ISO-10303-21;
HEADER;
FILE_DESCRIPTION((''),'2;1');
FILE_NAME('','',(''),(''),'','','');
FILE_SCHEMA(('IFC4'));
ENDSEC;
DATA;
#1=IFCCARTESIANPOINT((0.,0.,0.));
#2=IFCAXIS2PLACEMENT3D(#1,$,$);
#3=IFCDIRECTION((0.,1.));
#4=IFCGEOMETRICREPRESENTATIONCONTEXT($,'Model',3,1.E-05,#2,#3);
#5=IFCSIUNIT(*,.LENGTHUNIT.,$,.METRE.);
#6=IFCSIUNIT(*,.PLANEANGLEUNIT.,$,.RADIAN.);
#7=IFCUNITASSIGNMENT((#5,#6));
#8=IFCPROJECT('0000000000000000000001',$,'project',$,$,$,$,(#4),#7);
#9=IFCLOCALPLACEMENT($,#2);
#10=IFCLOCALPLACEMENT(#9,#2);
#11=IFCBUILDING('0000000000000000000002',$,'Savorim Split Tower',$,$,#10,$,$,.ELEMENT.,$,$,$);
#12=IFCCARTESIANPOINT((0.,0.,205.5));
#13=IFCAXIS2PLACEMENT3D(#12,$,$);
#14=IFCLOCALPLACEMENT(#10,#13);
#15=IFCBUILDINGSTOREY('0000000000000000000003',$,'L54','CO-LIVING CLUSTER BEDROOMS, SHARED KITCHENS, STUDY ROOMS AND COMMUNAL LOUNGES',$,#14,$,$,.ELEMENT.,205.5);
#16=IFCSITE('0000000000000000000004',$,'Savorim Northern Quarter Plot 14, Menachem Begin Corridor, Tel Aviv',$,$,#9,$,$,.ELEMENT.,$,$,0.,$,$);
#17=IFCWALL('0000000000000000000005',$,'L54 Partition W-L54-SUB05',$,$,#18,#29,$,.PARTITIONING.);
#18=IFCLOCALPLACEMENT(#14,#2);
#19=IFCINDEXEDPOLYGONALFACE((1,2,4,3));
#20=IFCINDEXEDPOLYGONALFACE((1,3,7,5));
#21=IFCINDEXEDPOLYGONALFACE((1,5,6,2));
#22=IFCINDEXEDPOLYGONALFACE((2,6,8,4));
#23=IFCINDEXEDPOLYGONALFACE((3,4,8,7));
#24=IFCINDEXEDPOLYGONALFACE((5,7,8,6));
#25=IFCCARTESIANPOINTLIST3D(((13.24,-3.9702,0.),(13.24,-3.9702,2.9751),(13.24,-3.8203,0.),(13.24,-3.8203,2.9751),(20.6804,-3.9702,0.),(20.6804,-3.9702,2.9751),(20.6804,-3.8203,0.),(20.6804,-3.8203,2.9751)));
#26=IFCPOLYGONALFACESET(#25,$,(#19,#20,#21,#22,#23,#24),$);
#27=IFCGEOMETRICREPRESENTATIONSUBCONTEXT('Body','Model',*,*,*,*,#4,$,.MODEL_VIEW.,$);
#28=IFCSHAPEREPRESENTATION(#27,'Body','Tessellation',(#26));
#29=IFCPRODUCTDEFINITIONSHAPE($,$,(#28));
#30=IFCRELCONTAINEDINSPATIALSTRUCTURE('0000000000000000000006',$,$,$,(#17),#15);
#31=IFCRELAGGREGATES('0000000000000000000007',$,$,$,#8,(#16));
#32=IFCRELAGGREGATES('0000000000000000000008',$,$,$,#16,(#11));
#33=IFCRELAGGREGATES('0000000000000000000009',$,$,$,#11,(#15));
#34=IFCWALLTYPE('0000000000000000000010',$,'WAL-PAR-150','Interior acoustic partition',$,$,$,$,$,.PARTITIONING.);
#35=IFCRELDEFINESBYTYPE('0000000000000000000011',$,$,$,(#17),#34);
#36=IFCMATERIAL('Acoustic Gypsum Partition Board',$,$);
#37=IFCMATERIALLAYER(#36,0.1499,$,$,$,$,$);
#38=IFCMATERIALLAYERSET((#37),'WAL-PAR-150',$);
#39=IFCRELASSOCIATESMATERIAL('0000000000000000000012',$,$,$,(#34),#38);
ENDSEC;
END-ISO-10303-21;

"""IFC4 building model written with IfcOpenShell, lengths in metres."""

from ifc_helpers import new_model, si_unit, direction, frame, frame_2d, origin, place, context, subcontext, project, spatial, rectangle, extrude, material, layer, layer_set, type_object, element, save


model = new_model("IFC4")

# Units and contexts
model_context = context("Model", 3, precision=1e-05, world=origin(), true_north=direction((0.0, 1.0)))
body_context = subcontext(model_context, "Body", "Model", "MODEL_VIEW")
ifc_project = project(units=[si_unit("LENGTHUNIT", "METRE"), si_unit("PLANEANGLEUNIT", "RADIAN")], contexts=[model_context])

# Site, building, storey
site_placement = place(None, origin())
site = spatial("IfcSite", under=ifc_project, at=site_placement, Name="Savorim Northern Quarter Plot 14, Menachem Begin Corridor, Tel Aviv", CompositionType="ELEMENT", RefElevation=0.0)
building_placement = place(site_placement, origin())
building = spatial("IfcBuilding", under=site, at=building_placement, Name="Savorim Split Tower", CompositionType="ELEMENT")
storey_placement = place(building_placement, frame((0.0, 0.0, 205.5)))
storey = spatial("IfcBuildingStorey", under=building, at=storey_placement, Name="L54", Description="CO-LIVING CLUSTER BEDROOMS, SHARED KITCHENS, STUDY ROOMS AND COMMUNAL LOUNGES", CompositionType="ELEMENT", Elevation=205.5)

# Shared definitions
ifc_material_1 = material(Name="Acoustic Gypsum Partition Board")
ifc_layer_1 = layer(ifc_material_1, 0.1499)
ifc_layer_set_1 = layer_set([ifc_layer_1], Name="WAL-PAR-150")
wall_type_1 = type_object("IfcWallType", Name="WAL-PAR-150", Description="Interior acoustic partition", PredefinedType="PARTITIONING", material=ifc_layer_set_1)

# Wall
wall_1_placement = place(storey_placement, frame((13.24, -3.8953, 0.0), z_axis=(0.0, 0.0, 1.0), x_axis=(1.0, 0.0, 0.0)))
element("IfcWall", 1, at=wall_1_placement, inside=storey, type_object=wall_type_1, Name="L54 Partition W-L54-SUB05", PredefinedType="PARTITIONING", context=body_context, shape_type="SweptSolid", body=[
    extrude(rectangle(XDim=7.4404, YDim=0.1499, at=frame_2d((3.7202, 0.0))), origin(), (0.0, 0.0, 1.0), 2.9751),
])

save(model, "model.ifc")
